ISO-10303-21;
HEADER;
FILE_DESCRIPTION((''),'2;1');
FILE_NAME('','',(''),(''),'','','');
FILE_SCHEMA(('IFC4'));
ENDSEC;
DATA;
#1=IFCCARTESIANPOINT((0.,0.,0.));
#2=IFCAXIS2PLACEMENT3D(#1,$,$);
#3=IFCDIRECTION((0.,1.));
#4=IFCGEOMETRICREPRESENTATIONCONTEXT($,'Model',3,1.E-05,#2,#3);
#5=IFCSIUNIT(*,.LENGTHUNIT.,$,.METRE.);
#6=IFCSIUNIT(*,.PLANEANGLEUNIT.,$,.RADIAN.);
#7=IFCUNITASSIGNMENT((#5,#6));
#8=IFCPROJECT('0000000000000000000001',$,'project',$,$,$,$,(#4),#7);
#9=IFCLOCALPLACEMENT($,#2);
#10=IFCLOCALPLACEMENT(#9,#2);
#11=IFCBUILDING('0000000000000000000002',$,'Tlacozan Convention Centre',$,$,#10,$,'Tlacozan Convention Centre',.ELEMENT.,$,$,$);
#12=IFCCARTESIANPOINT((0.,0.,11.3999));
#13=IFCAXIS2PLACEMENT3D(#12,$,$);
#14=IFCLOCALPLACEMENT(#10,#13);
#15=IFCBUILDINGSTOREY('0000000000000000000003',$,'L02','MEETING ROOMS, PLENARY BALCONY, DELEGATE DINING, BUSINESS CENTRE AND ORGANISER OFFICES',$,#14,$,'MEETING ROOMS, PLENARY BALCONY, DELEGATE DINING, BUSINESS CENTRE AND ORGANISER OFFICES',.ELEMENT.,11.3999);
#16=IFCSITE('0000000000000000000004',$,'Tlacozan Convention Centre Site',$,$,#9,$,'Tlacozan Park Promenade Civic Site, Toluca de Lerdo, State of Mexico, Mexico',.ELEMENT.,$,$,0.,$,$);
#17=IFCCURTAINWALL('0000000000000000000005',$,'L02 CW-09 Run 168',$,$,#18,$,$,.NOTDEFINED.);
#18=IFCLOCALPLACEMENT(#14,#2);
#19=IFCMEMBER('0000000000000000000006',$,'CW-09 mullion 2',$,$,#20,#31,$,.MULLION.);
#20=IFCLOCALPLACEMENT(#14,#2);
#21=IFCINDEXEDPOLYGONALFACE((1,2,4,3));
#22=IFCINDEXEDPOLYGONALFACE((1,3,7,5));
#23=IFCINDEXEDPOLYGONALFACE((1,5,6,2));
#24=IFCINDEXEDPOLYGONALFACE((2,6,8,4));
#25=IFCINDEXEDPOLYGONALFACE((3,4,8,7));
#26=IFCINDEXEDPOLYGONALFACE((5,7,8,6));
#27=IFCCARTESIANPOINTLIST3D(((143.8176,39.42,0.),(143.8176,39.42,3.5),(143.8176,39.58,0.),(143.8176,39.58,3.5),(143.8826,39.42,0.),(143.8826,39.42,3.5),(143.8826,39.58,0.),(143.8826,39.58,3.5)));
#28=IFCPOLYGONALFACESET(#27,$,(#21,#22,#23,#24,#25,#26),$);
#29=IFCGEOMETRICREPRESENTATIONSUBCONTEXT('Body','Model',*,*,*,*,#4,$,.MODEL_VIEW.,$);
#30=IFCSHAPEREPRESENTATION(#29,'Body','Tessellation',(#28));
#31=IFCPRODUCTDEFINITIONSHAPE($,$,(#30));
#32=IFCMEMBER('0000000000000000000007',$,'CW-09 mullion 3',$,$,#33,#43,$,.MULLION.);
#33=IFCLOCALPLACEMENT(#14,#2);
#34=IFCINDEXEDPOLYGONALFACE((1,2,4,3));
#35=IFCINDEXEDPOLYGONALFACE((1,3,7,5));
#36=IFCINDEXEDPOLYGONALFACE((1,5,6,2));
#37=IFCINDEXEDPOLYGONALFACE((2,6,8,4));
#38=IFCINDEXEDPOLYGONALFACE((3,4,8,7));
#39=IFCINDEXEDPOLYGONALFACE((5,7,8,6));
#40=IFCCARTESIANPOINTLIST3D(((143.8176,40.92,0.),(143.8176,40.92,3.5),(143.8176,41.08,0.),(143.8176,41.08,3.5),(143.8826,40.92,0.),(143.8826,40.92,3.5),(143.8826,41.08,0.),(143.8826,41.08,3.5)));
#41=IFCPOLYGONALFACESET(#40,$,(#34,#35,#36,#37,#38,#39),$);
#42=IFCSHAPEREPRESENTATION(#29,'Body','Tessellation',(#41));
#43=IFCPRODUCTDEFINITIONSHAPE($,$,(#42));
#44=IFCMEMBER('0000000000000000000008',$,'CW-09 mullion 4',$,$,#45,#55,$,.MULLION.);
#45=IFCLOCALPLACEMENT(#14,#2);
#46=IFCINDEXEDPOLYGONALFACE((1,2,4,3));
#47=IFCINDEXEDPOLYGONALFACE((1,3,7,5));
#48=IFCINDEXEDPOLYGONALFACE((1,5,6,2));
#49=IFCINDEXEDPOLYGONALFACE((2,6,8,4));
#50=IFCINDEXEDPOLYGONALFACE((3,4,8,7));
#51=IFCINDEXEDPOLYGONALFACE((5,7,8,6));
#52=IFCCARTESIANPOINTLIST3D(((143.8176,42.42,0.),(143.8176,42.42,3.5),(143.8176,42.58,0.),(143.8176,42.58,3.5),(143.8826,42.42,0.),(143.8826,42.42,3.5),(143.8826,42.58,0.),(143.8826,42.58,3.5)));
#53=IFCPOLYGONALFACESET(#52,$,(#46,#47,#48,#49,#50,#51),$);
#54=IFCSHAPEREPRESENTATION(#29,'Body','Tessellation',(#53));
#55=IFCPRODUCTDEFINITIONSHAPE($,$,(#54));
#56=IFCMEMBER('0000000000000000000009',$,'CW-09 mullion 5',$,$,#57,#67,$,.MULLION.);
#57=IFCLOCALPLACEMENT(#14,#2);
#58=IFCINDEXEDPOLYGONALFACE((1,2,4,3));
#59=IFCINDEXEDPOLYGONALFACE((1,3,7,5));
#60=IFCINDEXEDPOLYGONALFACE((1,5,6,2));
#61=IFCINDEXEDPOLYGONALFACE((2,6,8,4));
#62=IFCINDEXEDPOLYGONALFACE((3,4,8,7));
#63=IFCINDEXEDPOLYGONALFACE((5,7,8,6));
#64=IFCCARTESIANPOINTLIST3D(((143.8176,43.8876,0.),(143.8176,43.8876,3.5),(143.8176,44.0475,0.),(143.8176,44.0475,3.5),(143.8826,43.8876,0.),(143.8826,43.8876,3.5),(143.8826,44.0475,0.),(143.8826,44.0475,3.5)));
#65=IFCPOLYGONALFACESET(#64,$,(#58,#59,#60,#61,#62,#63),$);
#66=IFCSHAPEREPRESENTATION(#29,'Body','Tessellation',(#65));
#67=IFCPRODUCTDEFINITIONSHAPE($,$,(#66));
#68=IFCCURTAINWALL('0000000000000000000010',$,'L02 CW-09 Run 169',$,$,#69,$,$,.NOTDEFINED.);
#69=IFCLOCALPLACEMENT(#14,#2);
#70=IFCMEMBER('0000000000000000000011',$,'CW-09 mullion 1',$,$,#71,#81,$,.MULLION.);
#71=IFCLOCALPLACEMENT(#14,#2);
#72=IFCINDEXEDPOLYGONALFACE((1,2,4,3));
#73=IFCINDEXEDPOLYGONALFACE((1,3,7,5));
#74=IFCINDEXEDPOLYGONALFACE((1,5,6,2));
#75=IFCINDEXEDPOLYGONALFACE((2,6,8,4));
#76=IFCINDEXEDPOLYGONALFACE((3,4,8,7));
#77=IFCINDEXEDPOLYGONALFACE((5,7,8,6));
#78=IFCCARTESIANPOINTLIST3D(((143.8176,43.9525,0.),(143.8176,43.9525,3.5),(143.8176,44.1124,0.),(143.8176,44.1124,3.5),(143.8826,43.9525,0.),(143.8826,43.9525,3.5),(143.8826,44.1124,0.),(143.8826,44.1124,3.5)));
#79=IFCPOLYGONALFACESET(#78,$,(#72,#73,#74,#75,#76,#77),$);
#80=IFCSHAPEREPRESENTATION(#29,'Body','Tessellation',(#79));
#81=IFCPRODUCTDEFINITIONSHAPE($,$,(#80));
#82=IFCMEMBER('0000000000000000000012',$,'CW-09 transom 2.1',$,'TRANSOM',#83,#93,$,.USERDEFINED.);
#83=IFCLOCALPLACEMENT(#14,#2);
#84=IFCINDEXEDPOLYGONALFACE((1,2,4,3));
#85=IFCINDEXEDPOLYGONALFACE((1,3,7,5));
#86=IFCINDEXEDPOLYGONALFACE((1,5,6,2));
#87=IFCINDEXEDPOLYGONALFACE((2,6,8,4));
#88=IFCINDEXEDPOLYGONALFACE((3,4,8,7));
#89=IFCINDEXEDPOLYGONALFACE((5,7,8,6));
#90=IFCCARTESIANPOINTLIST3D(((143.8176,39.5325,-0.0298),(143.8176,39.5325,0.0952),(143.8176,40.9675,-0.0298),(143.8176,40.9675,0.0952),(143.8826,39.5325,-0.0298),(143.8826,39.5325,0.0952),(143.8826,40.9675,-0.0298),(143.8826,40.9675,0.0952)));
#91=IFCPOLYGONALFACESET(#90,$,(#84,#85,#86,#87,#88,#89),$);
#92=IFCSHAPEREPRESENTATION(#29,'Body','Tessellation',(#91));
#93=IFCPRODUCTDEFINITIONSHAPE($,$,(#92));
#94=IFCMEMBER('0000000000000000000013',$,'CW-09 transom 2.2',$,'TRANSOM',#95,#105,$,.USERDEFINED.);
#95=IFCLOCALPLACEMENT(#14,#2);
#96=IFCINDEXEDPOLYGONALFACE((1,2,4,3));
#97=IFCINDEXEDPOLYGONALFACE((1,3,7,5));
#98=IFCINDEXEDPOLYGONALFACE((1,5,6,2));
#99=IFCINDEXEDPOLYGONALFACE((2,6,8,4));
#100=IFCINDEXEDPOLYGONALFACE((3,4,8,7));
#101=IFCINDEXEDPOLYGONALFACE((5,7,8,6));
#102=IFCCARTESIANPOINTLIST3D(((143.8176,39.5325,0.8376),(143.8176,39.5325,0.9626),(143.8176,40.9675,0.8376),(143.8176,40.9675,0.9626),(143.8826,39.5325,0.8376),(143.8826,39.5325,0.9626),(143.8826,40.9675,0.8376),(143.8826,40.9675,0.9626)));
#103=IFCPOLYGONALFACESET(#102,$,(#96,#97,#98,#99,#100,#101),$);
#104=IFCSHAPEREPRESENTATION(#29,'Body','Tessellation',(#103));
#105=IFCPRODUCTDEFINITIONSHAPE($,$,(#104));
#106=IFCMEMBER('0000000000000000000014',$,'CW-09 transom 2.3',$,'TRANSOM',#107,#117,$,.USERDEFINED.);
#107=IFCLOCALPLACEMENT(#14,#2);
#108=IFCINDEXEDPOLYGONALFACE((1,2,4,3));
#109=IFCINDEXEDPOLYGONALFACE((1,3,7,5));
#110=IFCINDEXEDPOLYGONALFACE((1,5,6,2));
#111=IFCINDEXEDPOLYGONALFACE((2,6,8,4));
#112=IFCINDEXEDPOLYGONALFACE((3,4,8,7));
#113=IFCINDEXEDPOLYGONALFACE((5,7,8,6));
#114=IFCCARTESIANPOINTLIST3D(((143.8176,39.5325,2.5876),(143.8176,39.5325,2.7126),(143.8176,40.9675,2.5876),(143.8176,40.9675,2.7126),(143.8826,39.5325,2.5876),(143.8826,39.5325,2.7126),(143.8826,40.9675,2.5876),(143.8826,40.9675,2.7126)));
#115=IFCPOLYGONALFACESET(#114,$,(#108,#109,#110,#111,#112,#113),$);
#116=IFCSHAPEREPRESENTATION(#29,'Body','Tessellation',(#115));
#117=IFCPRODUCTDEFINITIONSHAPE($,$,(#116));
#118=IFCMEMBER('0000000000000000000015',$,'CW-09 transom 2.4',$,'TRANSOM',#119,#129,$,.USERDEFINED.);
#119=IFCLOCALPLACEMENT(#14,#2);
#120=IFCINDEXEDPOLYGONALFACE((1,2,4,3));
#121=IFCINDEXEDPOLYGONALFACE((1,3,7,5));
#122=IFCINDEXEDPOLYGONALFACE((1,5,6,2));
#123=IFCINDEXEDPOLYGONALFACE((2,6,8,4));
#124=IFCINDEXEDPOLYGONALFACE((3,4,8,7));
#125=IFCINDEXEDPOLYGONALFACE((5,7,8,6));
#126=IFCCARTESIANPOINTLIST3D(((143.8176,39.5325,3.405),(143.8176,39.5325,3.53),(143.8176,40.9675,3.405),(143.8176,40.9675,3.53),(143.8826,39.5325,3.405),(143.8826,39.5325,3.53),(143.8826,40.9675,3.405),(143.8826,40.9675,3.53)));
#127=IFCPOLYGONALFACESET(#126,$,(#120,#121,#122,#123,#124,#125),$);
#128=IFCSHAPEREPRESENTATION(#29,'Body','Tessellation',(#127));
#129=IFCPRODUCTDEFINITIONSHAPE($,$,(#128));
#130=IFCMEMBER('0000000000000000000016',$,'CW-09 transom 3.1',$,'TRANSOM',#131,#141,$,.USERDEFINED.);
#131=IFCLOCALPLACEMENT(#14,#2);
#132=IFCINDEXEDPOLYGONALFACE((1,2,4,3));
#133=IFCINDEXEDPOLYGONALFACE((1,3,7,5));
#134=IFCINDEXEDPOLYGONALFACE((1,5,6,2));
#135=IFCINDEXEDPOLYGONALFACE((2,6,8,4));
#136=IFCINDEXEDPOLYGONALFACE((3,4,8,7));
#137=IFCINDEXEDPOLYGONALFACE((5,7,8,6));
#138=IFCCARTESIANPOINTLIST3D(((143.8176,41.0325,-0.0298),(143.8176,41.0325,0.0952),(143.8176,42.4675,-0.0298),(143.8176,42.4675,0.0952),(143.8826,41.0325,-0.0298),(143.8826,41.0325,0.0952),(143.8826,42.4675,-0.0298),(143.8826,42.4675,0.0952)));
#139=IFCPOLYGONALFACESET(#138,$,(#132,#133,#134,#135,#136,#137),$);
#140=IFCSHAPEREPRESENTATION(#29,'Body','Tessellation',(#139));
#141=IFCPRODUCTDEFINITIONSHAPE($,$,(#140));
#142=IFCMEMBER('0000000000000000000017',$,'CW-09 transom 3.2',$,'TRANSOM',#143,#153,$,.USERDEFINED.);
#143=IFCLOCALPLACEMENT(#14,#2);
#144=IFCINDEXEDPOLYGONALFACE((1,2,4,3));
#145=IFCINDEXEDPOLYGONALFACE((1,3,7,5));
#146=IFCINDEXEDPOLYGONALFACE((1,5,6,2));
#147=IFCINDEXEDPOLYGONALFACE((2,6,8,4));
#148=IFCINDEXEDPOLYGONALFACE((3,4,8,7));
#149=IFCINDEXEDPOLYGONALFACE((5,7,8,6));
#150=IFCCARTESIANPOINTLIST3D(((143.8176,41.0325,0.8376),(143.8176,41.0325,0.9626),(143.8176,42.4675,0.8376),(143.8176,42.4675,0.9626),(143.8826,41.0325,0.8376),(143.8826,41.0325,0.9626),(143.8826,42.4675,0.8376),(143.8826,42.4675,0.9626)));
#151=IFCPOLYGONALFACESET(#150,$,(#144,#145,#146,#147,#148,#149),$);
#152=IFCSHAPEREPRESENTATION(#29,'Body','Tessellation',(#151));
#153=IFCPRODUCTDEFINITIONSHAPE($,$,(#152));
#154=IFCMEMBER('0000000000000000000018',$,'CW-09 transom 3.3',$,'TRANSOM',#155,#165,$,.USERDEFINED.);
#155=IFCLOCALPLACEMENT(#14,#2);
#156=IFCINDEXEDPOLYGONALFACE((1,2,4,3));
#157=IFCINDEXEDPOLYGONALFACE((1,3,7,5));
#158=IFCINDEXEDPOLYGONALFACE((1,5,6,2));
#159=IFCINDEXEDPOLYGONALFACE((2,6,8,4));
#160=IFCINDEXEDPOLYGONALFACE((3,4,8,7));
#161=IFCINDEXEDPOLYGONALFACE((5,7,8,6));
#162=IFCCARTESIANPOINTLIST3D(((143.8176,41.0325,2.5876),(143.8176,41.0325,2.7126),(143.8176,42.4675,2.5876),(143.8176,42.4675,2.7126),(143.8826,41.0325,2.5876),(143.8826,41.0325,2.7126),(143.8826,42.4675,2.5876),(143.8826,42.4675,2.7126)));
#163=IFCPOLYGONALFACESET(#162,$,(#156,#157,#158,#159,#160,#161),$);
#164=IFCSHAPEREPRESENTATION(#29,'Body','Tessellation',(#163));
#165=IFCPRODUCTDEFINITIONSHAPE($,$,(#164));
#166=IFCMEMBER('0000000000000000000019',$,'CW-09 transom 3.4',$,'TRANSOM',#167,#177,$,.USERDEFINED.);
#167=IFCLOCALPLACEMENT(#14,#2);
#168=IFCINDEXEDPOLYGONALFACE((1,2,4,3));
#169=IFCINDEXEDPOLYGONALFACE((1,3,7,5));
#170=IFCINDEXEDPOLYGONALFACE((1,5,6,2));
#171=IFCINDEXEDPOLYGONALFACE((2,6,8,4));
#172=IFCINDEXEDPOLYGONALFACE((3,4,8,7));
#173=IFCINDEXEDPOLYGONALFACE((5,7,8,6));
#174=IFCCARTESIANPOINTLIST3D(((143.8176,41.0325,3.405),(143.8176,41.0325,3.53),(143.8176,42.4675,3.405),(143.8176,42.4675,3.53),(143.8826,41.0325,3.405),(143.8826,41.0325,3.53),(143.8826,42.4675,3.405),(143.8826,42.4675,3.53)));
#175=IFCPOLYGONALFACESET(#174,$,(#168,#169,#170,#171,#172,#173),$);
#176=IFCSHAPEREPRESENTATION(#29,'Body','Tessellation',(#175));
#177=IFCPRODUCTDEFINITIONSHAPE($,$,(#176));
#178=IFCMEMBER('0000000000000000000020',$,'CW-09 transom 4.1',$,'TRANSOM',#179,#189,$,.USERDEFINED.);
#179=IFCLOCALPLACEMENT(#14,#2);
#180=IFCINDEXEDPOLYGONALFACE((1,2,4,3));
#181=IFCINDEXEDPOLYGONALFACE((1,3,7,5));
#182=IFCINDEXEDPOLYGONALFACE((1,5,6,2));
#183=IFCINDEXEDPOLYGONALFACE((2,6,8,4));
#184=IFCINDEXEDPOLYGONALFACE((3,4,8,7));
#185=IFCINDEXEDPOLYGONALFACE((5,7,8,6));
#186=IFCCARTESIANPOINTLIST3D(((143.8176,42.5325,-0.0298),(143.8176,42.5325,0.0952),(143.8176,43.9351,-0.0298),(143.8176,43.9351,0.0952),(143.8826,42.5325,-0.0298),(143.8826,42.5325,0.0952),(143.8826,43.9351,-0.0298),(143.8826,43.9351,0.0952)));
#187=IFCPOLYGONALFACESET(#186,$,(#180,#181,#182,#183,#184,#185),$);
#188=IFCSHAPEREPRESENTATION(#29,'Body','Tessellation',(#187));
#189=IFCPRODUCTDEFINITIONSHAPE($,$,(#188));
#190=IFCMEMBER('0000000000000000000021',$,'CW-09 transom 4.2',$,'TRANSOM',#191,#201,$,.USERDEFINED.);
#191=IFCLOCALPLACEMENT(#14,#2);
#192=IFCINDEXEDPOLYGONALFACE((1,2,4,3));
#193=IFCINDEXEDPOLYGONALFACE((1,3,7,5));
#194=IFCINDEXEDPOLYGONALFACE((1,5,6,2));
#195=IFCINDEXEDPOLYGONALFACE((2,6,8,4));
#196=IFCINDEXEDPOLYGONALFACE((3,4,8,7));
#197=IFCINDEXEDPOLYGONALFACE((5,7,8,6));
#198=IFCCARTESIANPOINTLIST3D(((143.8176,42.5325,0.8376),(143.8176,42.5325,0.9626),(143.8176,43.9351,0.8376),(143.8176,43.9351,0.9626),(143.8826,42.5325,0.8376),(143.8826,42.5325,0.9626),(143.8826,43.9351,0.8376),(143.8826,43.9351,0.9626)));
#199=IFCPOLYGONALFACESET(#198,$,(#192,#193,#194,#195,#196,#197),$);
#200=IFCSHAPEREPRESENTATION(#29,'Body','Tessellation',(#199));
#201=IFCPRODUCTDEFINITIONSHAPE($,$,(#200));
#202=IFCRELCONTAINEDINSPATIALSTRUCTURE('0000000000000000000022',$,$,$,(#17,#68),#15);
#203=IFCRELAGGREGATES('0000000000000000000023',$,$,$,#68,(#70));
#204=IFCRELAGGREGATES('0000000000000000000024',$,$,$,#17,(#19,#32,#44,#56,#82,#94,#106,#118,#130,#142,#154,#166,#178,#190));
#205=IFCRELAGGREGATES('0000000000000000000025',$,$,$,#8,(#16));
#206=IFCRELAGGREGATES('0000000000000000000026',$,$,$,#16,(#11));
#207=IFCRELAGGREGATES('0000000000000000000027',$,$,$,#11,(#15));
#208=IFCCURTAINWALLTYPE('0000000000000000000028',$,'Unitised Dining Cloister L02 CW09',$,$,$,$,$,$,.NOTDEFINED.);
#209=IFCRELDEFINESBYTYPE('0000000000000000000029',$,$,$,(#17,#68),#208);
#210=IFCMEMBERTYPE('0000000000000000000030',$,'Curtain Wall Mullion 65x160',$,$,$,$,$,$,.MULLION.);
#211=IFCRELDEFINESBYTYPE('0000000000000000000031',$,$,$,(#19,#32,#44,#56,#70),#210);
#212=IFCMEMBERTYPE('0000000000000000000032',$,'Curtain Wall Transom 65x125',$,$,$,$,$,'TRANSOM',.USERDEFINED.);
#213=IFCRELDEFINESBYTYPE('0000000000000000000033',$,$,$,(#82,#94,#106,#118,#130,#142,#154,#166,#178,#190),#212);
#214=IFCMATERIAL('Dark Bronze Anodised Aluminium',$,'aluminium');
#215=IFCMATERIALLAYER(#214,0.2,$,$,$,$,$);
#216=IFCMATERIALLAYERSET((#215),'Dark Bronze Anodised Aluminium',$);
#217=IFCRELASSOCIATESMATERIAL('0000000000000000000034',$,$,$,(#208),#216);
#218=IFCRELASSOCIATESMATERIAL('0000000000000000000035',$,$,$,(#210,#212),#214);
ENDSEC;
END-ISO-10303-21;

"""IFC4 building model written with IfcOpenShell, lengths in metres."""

from ifc_helpers import new_model, si_unit, direction, frame, origin, origin_2d, place, context, subcontext, project, spatial, rectangle, extrude, material, layer, layer_set, material_profile, profile_set, type_object, element, aggregate, save


model = new_model("IFC4")

# Units and contexts
model_context = context("Model", 3, precision=1e-05, world=origin(), true_north=direction((0.0, 1.0)))
body_context = subcontext(model_context, "Body", "Model", "MODEL_VIEW")
ifc_project = project(units=[si_unit("LENGTHUNIT", "METRE"), si_unit("PLANEANGLEUNIT", "RADIAN")], contexts=[model_context])

# Site, building, storey
site_placement = place(None, origin())
site = spatial("IfcSite", under=ifc_project, at=site_placement, Name="Tlacozan Convention Centre Site", LongName="Tlacozan Park Promenade Civic Site, Toluca de Lerdo, State of Mexico, Mexico", CompositionType="ELEMENT", RefElevation=0.0)
building_placement = place(site_placement, origin())
building = spatial("IfcBuilding", under=site, at=building_placement, Name="Tlacozan Convention Centre", LongName="Tlacozan Convention Centre", CompositionType="ELEMENT")
storey_placement = place(building_placement, frame((0.0, 0.0, 11.3999)))
storey = spatial("IfcBuildingStorey", under=building, at=storey_placement, Name="L02", Description="MEETING ROOMS, PLENARY BALCONY, DELEGATE DINING, BUSINESS CENTRE AND ORGANISER OFFICES", LongName="MEETING ROOMS, PLENARY BALCONY, DELEGATE DINING, BUSINESS CENTRE AND ORGANISER OFFICES", CompositionType="ELEMENT", Elevation=11.3999)

# Curtain wall, members
ifc_material_1 = material(Name="Dark Bronze Anodised Aluminium", Category="aluminium")
ifc_layer_1 = layer(ifc_material_1, 0.2)
ifc_layer_set_1 = layer_set([ifc_layer_1], Name="Dark Bronze Anodised Aluminium")
curtain_wall_type = type_object("IfcCurtainWallType", Name="Unitised Dining Cloister L02 CW09", PredefinedType="NOTDEFINED", material=ifc_layer_set_1)
curtain_wall_1_placement = place(storey_placement, origin())
curtain_wall_1 = element("IfcCurtainWall", 1, at=curtain_wall_1_placement, inside=storey, type_object=curtain_wall_type, Name="L02 CW-09 Run 168", PredefinedType="NOTDEFINED")
ifc_material_profile_1 = material_profile(ifc_material_1, rectangle(XDim=0.0649, YDim=0.1599, at=origin_2d()), Name="ALU 65x160")
ifc_profile_set_1 = profile_set([ifc_material_profile_1], Name="Dark Bronze Anodised Aluminium")
member_type_1 = type_object("IfcMemberType", Name="Curtain Wall Mullion 65x160", PredefinedType="MULLION", material=ifc_profile_set_1)
member_1_placement = place(storey_placement, frame((143.8501, 39.5, 0.0), z_axis=(0.0, 0.0, 1.0), x_axis=(-1.0, 0.0, 0.0)))
member_1 = element("IfcMember", 2, at=member_1_placement, type_object=member_type_1, Name="CW-09 mullion 2", PredefinedType="MULLION", context=body_context, shape_type="SweptSolid", body=[
    extrude(rectangle(XDim=0.0649, YDim=0.1599, at=origin_2d()), origin(), (0.0, 0.0, 1.0), 3.5),
])
member_2_placement = place(storey_placement, frame((143.8501, 41.0, 0.0), z_axis=(0.0, 0.0, 1.0), x_axis=(-1.0, 0.0, 0.0)))
member_2 = element("IfcMember", 3, at=member_2_placement, type_object=member_type_1, Name="CW-09 mullion 3", PredefinedType="MULLION", context=body_context, shape_type="SweptSolid", body=[
    extrude(rectangle(XDim=0.0649, YDim=0.1599, at=origin_2d()), origin(), (0.0, 0.0, 1.0), 3.5),
])
member_3_placement = place(storey_placement, frame((143.8501, 42.5, 0.0), z_axis=(0.0, 0.0, 1.0), x_axis=(-1.0, 0.0, 0.0)))
member_3 = element("IfcMember", 4, at=member_3_placement, type_object=member_type_1, Name="CW-09 mullion 4", PredefinedType="MULLION", context=body_context, shape_type="SweptSolid", body=[
    extrude(rectangle(XDim=0.0649, YDim=0.1599, at=origin_2d()), origin(), (0.0, 0.0, 1.0), 3.5),
])
member_4_placement = place(storey_placement, frame((143.8501, 43.9675, 0.0), z_axis=(0.0, 0.0, 1.0), x_axis=(-1.0, 0.0, 0.0)))
member_4 = element("IfcMember", 5, at=member_4_placement, type_object=member_type_1, Name="CW-09 mullion 5", PredefinedType="MULLION", context=body_context, shape_type="SweptSolid", body=[
    extrude(rectangle(XDim=0.0649, YDim=0.1599, at=origin_2d()), origin(), (0.0, 0.0, 1.0), 3.5),
])

# Curtain wall, member
curtain_wall_2_placement = place(storey_placement, origin())
curtain_wall_2 = element("IfcCurtainWall", 6, at=curtain_wall_2_placement, inside=storey, type_object=curtain_wall_type, Name="L02 CW-09 Run 169", PredefinedType="NOTDEFINED")
member_5_placement = place(storey_placement, frame((143.8501, 44.0325, 0.0), z_axis=(0.0, 0.0, 1.0), x_axis=(-1.0, 0.0, 0.0)))
member_5 = element("IfcMember", 7, at=member_5_placement, type_object=member_type_1, Name="CW-09 mullion 1", PredefinedType="MULLION", context=body_context, shape_type="SweptSolid", body=[
    extrude(rectangle(XDim=0.0649, YDim=0.1599, at=origin_2d()), origin(), (0.0, 0.0, 1.0), 3.5),
])

# Members
ifc_material_profile_2 = material_profile(ifc_material_1, rectangle(XDim=0.0649, YDim=0.125, at=origin_2d()), Name="ALU 65x125")
ifc_profile_set_2 = profile_set([ifc_material_profile_2], Name="Dark Bronze Anodised Aluminium")
member_type_2 = type_object("IfcMemberType", Name="Curtain Wall Transom 65x125", ElementType="TRANSOM", PredefinedType="USERDEFINED", material=ifc_profile_set_2)
member_6_placement = place(storey_placement, frame((143.8501, 39.5325, 0.0327), z_axis=(0.0, 1.0, 0.0), x_axis=(-1.0, 0.0, 0.0)))
member_6 = element("IfcMember", 8, at=member_6_placement, type_object=member_type_2, Name="CW-09 transom 2.1", ObjectType="TRANSOM", PredefinedType="USERDEFINED", context=body_context, shape_type="SweptSolid", body=[
    extrude(rectangle(XDim=0.0649, YDim=0.125, at=origin_2d()), origin(), (0.0, 0.0, 1.0), 1.4351),
])
member_7_placement = place(storey_placement, frame((143.8501, 39.5325, 0.9001), z_axis=(0.0, 1.0, 0.0), x_axis=(-1.0, 0.0, 0.0)))
member_7 = element("IfcMember", 9, at=member_7_placement, type_object=member_type_2, Name="CW-09 transom 2.2", ObjectType="TRANSOM", PredefinedType="USERDEFINED", context=body_context, shape_type="SweptSolid", body=[
    extrude(rectangle(XDim=0.0649, YDim=0.125, at=origin_2d()), origin(), (0.0, 0.0, 1.0), 1.4351),
])
member_8_placement = place(storey_placement, frame((143.8501, 39.5325, 2.6501), z_axis=(0.0, 1.0, 0.0), x_axis=(-1.0, 0.0, 0.0)))
member_8 = element("IfcMember", 10, at=member_8_placement, type_object=member_type_2, Name="CW-09 transom 2.3", ObjectType="TRANSOM", PredefinedType="USERDEFINED", context=body_context, shape_type="SweptSolid", body=[
    extrude(rectangle(XDim=0.0649, YDim=0.125, at=origin_2d()), origin(), (0.0, 0.0, 1.0), 1.4351),
])
member_9_placement = place(storey_placement, frame((143.8501, 39.5325, 3.4675), z_axis=(0.0, 1.0, 0.0), x_axis=(-1.0, 0.0, 0.0)))
member_9 = element("IfcMember", 11, at=member_9_placement, type_object=member_type_2, Name="CW-09 transom 2.4", ObjectType="TRANSOM", PredefinedType="USERDEFINED", context=body_context, shape_type="SweptSolid", body=[
    extrude(rectangle(XDim=0.0649, YDim=0.125, at=origin_2d()), origin(), (0.0, 0.0, 1.0), 1.4351),
])
member_10_placement = place(storey_placement, frame((143.8501, 41.0325, 0.0327), z_axis=(0.0, 1.0, 0.0), x_axis=(-1.0, 0.0, 0.0)))
member_10 = element("IfcMember", 12, at=member_10_placement, type_object=member_type_2, Name="CW-09 transom 3.1", ObjectType="TRANSOM", PredefinedType="USERDEFINED", context=body_context, shape_type="SweptSolid", body=[
    extrude(rectangle(XDim=0.0649, YDim=0.125, at=origin_2d()), origin(), (0.0, 0.0, 1.0), 1.4351),
])
member_11_placement = place(storey_placement, frame((143.8501, 41.0325, 0.9001), z_axis=(0.0, 1.0, 0.0), x_axis=(-1.0, 0.0, 0.0)))
member_11 = element("IfcMember", 13, at=member_11_placement, type_object=member_type_2, Name="CW-09 transom 3.2", ObjectType="TRANSOM", PredefinedType="USERDEFINED", context=body_context, shape_type="SweptSolid", body=[
    extrude(rectangle(XDim=0.0649, YDim=0.125, at=origin_2d()), origin(), (0.0, 0.0, 1.0), 1.4351),
])
member_12_placement = place(storey_placement, frame((143.8501, 41.0325, 2.6501), z_axis=(0.0, 1.0, 0.0), x_axis=(-1.0, 0.0, 0.0)))
member_12 = element("IfcMember", 14, at=member_12_placement, type_object=member_type_2, Name="CW-09 transom 3.3", ObjectType="TRANSOM", PredefinedType="USERDEFINED", context=body_context, shape_type="SweptSolid", body=[
    extrude(rectangle(XDim=0.0649, YDim=0.125, at=origin_2d()), origin(), (0.0, 0.0, 1.0), 1.4351),
])
member_13_placement = place(storey_placement, frame((143.8501, 41.0325, 3.4675), z_axis=(0.0, 1.0, 0.0), x_axis=(-1.0, 0.0, 0.0)))
member_13 = element("IfcMember", 15, at=member_13_placement, type_object=member_type_2, Name="CW-09 transom 3.4", ObjectType="TRANSOM", PredefinedType="USERDEFINED", context=body_context, shape_type="SweptSolid", body=[
    extrude(rectangle(XDim=0.0649, YDim=0.125, at=origin_2d()), origin(), (0.0, 0.0, 1.0), 1.4351),
])
member_14_placement = place(storey_placement, frame((143.8501, 42.5325, 0.0327), z_axis=(0.0, 1.0, 0.0), x_axis=(-1.0, 0.0, 0.0)))
member_14 = element("IfcMember", 16, at=member_14_placement, type_object=member_type_2, Name="CW-09 transom 4.1", ObjectType="TRANSOM", PredefinedType="USERDEFINED", context=body_context, shape_type="SweptSolid", body=[
    extrude(rectangle(XDim=0.0649, YDim=0.125, at=origin_2d()), origin(), (0.0, 0.0, 1.0), 1.4026),
])
member_15_placement = place(storey_placement, frame((143.8501, 42.5325, 0.9001), z_axis=(0.0, 1.0, 0.0), x_axis=(-1.0, 0.0, 0.0)))
member_15 = element("IfcMember", 17, at=member_15_placement, type_object=member_type_2, Name="CW-09 transom 4.2", ObjectType="TRANSOM", PredefinedType="USERDEFINED", context=body_context, shape_type="SweptSolid", body=[
    extrude(rectangle(XDim=0.0649, YDim=0.125, at=origin_2d()), origin(), (0.0, 0.0, 1.0), 1.4026),
])
aggregate(curtain_wall_2, [member_5])

aggregate(curtain_wall_1, [member_1, member_2, member_3, member_4, member_6, member_7, member_8, member_9, member_10, member_11, member_12, member_13, member_14, member_15])

save(model, "model.ifc")
